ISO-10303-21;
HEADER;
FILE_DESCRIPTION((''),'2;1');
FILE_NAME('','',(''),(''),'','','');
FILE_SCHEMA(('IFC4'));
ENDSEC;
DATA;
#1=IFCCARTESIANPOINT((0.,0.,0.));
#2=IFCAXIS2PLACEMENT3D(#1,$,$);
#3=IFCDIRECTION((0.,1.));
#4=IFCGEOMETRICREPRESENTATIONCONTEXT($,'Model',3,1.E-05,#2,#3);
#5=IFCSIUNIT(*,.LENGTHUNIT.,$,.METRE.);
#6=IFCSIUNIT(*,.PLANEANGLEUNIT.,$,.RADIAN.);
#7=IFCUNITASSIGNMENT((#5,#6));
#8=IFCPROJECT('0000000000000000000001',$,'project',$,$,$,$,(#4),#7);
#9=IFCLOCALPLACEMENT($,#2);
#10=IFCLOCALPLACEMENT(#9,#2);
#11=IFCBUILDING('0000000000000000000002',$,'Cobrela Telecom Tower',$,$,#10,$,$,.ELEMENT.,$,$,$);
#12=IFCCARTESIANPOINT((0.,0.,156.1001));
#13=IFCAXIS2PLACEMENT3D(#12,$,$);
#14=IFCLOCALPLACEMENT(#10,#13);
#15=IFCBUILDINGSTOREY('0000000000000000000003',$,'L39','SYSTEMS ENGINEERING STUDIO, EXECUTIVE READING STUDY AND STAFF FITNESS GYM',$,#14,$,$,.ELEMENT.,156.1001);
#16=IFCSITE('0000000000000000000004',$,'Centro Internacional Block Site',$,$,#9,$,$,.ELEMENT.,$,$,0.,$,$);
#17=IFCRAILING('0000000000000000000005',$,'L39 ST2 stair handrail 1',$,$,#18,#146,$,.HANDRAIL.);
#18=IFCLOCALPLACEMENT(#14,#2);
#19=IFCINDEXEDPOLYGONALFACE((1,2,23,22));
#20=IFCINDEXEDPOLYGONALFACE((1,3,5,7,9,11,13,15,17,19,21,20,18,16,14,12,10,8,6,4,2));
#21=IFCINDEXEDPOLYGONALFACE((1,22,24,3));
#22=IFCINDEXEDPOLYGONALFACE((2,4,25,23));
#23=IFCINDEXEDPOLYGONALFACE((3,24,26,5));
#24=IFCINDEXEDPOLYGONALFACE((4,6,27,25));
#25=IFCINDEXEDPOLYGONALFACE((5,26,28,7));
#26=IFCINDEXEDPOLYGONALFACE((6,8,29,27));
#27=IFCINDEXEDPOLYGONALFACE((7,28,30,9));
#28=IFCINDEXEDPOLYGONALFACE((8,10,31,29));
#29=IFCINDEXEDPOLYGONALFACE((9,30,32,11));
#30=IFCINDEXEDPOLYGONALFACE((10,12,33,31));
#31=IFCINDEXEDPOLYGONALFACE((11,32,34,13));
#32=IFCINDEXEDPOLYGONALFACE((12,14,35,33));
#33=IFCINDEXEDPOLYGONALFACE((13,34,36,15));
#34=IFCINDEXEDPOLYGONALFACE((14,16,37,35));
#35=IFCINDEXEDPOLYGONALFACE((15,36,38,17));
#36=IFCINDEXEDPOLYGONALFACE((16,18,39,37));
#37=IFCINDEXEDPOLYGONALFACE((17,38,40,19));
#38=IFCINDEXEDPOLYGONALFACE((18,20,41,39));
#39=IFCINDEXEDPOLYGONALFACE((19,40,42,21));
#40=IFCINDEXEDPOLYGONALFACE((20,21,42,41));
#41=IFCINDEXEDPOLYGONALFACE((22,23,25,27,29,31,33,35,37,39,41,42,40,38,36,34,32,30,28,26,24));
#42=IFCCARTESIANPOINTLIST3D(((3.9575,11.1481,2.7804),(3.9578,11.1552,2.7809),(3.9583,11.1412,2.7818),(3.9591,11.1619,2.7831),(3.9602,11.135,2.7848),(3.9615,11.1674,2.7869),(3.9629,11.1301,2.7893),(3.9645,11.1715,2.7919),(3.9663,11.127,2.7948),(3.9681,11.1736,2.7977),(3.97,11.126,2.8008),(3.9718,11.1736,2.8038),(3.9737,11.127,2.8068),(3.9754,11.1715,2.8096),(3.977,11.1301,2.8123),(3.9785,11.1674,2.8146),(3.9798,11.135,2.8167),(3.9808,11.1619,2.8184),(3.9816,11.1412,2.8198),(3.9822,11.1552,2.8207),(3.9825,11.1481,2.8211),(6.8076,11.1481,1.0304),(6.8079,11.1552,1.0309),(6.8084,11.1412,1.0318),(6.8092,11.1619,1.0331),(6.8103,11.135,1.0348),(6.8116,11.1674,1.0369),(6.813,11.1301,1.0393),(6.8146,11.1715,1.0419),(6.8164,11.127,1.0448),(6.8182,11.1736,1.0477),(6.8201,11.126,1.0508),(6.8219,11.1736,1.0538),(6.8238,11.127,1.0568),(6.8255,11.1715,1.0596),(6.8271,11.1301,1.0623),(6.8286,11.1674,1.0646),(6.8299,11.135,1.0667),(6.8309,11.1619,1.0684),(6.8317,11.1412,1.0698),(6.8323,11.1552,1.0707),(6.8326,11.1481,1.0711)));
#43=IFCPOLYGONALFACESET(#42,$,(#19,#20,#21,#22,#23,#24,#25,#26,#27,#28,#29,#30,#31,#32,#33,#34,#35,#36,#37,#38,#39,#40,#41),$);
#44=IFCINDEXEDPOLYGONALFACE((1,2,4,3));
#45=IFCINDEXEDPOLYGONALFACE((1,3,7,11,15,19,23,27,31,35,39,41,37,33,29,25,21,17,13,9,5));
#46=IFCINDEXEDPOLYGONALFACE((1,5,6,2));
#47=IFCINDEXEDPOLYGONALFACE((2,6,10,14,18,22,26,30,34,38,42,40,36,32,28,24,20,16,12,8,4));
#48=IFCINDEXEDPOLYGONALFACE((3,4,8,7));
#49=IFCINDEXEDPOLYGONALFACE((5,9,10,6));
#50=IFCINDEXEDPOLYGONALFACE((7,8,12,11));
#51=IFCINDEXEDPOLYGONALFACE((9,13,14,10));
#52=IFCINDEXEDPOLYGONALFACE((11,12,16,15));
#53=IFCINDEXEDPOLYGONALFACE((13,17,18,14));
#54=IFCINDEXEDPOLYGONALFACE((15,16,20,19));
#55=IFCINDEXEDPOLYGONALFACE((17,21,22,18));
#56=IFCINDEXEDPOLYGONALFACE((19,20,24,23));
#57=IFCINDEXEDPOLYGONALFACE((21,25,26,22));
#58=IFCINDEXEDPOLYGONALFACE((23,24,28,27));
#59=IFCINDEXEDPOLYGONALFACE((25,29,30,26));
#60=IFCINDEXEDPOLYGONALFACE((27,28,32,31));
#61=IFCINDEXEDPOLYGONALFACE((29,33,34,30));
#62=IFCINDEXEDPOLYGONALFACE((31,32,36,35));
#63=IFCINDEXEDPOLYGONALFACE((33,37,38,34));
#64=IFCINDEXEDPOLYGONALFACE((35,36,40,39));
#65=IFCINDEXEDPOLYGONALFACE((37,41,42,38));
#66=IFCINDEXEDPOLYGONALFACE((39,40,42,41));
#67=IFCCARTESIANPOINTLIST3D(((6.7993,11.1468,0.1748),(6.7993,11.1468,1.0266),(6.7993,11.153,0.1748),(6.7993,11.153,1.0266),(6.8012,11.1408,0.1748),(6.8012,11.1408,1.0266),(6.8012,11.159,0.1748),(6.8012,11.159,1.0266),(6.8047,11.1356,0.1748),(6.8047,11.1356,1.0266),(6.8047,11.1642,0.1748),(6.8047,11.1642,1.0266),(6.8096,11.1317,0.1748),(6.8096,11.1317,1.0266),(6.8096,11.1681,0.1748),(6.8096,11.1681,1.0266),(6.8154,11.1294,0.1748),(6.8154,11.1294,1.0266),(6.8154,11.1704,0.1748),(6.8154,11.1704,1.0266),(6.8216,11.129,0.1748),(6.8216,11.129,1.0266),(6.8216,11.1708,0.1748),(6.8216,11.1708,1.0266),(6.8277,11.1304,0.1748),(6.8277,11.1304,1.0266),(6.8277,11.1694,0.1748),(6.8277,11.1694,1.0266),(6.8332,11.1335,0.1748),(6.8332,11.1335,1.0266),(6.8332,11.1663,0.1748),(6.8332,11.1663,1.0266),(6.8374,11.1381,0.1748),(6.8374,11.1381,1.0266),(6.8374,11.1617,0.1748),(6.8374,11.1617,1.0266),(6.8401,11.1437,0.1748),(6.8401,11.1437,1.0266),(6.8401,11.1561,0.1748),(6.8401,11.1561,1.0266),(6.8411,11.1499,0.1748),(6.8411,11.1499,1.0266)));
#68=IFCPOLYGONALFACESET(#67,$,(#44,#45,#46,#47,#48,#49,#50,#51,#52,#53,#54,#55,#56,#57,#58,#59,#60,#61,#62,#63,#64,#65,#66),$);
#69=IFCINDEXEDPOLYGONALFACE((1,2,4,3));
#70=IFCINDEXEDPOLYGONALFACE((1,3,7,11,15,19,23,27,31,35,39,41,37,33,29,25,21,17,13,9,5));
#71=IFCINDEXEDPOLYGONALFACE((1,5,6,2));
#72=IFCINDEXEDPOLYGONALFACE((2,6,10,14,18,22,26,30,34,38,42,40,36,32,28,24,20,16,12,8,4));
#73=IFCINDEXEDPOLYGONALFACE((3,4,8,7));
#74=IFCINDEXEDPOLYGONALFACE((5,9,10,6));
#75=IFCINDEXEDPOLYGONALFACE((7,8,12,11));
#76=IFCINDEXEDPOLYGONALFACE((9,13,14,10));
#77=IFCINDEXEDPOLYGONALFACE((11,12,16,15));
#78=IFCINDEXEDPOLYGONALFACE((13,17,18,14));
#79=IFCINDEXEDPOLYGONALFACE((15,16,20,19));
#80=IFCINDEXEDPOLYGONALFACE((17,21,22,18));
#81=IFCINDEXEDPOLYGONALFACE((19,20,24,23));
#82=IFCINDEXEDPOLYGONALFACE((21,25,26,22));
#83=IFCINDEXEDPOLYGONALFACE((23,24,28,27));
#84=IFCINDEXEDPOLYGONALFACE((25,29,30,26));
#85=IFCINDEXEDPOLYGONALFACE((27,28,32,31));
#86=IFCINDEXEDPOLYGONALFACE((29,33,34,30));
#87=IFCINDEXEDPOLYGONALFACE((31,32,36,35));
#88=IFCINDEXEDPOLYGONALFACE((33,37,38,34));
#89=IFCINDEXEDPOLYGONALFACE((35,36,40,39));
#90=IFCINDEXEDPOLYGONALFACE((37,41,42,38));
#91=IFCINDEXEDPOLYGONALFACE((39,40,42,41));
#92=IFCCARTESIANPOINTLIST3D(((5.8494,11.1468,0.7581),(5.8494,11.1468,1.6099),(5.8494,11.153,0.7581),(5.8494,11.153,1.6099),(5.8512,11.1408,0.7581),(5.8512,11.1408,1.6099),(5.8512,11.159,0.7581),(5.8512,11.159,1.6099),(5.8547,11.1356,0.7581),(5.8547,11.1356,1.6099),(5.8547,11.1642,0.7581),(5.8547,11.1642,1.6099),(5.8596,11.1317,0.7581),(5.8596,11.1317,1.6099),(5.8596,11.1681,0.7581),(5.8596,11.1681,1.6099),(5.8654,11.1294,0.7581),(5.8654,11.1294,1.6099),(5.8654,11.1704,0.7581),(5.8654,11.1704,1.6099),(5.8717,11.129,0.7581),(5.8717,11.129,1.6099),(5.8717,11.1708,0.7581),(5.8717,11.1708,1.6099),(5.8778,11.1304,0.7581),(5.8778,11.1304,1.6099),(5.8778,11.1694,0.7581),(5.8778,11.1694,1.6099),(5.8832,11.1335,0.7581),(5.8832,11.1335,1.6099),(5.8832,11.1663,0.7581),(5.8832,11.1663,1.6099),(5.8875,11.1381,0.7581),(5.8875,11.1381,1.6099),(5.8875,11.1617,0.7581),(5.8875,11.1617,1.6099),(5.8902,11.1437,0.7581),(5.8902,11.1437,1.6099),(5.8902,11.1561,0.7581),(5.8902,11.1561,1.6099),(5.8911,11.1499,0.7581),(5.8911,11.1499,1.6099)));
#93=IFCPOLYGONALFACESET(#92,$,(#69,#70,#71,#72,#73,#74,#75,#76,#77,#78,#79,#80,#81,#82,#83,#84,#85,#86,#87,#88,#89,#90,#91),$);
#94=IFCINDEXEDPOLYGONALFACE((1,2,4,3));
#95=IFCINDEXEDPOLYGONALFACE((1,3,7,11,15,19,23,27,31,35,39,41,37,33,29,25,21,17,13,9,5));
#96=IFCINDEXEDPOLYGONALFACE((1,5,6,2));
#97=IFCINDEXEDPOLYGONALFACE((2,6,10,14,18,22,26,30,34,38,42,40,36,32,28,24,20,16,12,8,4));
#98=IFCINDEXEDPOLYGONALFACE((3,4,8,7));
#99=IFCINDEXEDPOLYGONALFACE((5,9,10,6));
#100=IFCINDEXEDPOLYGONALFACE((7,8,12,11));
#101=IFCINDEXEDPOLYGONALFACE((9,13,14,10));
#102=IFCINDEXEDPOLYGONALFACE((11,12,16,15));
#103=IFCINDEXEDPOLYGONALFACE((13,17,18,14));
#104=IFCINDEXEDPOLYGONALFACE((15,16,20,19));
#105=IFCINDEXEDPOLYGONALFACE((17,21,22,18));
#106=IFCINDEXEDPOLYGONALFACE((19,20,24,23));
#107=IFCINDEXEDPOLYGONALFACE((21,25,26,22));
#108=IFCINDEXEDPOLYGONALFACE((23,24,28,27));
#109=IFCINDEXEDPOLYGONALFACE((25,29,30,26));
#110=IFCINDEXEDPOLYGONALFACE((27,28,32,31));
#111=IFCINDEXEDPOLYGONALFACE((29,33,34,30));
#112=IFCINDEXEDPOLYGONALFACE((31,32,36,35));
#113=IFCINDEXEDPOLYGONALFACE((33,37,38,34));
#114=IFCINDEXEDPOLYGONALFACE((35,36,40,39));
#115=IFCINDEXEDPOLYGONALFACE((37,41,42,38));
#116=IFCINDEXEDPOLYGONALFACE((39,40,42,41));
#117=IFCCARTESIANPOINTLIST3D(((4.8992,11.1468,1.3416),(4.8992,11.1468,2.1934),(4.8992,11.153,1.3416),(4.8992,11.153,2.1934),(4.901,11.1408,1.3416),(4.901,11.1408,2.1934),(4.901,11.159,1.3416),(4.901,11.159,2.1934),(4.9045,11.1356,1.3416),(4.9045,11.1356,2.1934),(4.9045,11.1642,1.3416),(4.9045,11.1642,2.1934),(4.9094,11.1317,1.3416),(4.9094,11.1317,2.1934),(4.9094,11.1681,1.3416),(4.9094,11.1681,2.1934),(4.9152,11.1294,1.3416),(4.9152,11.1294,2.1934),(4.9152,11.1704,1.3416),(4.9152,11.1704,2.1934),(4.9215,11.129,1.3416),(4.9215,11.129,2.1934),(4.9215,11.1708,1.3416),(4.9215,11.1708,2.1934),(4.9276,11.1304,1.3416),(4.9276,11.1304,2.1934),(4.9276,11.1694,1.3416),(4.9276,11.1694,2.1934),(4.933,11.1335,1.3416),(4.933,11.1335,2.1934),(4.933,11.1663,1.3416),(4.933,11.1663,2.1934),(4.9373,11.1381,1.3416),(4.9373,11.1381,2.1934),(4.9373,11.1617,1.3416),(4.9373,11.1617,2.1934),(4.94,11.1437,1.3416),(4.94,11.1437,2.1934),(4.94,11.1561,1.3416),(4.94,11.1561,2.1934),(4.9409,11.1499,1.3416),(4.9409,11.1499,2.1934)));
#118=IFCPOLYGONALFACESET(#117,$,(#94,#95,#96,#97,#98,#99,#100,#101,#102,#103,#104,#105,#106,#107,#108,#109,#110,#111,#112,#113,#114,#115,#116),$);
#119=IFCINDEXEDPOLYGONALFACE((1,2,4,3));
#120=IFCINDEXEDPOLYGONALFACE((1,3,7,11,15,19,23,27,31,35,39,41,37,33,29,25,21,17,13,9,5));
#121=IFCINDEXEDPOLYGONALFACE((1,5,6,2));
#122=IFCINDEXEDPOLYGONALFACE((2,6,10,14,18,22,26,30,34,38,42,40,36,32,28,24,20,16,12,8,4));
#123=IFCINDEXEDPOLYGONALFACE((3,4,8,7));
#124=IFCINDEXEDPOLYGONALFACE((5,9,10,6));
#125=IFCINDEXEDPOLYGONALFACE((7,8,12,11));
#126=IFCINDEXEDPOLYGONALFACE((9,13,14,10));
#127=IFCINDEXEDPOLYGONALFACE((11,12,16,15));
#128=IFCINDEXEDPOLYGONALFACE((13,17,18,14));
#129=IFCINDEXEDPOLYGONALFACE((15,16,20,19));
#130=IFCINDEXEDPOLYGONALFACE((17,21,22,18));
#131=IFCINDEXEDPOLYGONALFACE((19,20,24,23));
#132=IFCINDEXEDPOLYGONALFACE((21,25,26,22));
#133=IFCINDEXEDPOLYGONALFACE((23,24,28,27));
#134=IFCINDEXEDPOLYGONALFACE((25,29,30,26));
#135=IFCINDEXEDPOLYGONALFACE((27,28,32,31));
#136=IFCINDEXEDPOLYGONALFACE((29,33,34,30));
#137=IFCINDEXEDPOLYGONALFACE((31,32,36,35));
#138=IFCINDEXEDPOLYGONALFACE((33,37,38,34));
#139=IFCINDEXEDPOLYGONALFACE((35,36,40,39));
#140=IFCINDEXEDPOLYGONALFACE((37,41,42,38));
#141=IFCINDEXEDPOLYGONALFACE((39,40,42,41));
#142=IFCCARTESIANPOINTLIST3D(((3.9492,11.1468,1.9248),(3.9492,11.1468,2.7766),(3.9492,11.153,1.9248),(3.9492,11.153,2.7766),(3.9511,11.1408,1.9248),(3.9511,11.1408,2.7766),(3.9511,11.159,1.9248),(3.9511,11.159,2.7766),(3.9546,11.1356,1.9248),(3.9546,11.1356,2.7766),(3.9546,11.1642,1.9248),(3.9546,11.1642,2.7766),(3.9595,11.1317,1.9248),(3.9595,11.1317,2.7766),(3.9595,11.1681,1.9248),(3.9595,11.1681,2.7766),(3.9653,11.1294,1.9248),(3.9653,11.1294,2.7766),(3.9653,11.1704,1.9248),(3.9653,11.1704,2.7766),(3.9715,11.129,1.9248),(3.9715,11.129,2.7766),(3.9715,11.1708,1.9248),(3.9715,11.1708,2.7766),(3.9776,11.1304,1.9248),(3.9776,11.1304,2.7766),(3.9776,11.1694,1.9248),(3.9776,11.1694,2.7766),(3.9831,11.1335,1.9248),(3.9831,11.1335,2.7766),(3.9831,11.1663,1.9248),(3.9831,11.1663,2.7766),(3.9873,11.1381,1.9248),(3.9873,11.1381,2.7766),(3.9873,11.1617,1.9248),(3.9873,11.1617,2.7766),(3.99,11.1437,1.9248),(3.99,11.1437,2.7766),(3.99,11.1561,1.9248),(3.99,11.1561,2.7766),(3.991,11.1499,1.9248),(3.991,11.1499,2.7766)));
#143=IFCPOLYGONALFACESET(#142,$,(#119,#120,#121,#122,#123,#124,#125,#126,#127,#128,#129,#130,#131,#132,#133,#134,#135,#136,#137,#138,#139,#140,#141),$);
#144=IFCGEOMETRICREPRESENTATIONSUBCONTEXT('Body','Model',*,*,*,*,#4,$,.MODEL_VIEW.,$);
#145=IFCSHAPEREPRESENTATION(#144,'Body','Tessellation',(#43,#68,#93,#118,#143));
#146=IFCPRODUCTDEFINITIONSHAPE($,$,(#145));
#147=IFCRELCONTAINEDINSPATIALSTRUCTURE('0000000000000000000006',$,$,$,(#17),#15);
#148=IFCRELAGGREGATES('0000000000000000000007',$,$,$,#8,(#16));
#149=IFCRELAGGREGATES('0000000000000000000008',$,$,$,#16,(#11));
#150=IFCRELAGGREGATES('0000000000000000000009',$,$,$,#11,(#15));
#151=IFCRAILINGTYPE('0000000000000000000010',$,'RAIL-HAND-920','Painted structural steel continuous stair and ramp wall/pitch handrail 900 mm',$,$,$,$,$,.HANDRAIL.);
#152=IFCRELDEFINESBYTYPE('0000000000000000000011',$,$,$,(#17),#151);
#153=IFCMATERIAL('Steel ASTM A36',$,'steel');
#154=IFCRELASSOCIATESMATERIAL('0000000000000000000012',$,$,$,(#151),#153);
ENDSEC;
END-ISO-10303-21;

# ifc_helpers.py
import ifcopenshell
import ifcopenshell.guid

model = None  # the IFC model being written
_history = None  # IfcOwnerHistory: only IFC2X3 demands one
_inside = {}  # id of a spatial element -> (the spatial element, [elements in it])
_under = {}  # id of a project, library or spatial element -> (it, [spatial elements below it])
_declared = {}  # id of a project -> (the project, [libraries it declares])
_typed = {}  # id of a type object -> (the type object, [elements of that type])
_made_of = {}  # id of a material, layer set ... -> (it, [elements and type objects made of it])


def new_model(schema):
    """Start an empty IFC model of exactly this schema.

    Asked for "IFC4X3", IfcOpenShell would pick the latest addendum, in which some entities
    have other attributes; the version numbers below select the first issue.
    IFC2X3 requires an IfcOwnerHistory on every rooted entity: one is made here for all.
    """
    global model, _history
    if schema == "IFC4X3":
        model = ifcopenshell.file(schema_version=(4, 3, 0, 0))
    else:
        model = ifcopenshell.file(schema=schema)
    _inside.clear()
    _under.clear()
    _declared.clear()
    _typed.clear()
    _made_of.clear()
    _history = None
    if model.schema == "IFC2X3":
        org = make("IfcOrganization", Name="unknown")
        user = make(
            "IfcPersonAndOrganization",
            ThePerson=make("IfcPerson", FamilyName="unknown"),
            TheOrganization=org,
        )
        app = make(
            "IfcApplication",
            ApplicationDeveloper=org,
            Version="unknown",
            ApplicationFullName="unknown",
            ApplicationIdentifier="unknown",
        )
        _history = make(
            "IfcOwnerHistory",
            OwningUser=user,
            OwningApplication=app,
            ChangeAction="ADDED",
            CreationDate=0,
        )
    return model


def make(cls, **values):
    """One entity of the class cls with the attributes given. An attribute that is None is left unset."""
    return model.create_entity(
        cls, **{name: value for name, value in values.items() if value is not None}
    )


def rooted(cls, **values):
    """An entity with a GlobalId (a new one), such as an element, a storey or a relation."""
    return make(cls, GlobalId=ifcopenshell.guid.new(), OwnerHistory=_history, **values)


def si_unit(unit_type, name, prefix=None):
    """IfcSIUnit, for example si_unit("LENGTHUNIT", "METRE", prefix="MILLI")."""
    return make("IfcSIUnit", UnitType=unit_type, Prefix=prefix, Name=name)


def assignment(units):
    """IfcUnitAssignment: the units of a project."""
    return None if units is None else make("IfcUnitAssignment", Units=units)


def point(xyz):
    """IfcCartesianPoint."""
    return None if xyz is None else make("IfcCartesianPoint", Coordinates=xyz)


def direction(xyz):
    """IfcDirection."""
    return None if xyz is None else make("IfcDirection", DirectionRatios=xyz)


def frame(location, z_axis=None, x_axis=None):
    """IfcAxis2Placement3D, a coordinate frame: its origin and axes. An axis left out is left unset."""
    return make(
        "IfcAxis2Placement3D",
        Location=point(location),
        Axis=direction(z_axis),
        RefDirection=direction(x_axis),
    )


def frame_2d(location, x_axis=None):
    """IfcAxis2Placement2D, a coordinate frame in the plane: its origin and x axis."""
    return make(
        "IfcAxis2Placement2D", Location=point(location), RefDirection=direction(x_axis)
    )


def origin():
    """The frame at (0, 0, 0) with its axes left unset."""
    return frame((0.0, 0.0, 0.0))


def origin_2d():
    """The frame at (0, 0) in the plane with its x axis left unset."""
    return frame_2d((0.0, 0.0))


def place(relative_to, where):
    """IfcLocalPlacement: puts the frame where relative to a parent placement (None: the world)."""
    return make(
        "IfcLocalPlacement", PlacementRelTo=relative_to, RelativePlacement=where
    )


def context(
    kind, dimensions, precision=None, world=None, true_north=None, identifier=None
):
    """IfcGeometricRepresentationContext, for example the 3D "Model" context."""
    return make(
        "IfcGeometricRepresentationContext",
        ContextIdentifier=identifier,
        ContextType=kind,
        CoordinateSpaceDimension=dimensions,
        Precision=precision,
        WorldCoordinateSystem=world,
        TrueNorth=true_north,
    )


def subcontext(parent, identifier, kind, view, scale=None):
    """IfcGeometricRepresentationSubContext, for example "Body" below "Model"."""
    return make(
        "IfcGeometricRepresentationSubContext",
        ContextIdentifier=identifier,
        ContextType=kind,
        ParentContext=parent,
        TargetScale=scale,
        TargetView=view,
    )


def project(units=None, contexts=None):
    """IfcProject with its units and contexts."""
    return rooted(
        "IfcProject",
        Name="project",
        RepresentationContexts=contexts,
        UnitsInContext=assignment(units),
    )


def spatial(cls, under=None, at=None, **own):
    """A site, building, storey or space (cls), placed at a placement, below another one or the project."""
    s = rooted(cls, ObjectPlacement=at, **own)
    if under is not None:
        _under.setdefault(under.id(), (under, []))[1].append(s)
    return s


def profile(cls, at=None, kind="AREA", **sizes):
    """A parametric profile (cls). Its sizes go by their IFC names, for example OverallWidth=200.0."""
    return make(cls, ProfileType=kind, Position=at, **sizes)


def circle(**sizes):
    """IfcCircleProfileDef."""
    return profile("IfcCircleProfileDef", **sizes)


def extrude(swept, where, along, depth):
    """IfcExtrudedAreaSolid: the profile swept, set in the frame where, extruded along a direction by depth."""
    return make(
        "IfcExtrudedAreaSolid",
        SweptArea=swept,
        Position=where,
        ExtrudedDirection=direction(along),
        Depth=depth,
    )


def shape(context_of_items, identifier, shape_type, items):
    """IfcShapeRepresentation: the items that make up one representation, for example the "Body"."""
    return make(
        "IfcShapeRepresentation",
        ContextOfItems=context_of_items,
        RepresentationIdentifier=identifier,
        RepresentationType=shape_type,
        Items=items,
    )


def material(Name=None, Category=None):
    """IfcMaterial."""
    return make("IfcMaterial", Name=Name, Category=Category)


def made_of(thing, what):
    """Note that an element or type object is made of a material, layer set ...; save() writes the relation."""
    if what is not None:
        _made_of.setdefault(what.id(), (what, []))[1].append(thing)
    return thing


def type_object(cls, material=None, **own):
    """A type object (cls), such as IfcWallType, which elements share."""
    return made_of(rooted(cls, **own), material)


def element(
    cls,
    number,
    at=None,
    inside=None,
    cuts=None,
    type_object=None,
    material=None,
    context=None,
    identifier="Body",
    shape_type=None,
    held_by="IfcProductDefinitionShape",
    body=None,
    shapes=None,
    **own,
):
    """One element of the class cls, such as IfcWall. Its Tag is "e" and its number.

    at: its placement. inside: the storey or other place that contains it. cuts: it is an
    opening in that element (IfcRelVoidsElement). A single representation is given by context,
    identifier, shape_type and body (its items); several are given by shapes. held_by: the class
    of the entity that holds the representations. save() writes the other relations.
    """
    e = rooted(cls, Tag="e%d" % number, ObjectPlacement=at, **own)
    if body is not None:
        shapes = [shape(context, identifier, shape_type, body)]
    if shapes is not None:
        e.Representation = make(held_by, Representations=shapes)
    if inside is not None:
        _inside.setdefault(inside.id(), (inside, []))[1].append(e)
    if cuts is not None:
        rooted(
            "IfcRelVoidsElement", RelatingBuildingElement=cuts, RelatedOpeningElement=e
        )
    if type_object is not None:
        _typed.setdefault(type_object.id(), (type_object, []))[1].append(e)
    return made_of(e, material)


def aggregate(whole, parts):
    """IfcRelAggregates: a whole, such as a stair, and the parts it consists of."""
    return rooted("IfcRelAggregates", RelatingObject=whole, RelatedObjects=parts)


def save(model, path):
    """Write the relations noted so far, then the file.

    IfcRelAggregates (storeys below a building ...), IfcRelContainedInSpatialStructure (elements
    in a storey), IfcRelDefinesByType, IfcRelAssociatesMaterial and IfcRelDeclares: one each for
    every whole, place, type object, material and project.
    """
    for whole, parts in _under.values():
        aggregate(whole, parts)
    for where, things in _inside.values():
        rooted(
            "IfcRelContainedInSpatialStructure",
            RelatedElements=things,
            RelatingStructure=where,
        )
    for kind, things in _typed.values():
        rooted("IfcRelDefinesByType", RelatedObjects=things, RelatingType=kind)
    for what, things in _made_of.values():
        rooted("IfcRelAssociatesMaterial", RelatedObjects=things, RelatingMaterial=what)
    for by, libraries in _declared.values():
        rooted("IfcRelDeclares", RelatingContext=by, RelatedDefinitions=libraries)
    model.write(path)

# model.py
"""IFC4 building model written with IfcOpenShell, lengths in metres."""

from ifc_helpers import new_model, si_unit, direction, frame, origin, origin_2d, place, context, subcontext, project, spatial, circle, extrude, material, type_object, element, save


model = new_model("IFC4")

# Units and contexts
model_context = context("Model", 3, precision=1e-05, world=origin(), true_north=direction((0.0, 1.0)))
body_context = subcontext(model_context, "Body", "Model", "MODEL_VIEW")
ifc_project = project(units=[si_unit("LENGTHUNIT", "METRE"), si_unit("PLANEANGLEUNIT", "RADIAN")], contexts=[model_context])

# Site, building, storey
site_placement = place(None, origin())
site = spatial("IfcSite", under=ifc_project, at=site_placement, Name="Centro Internacional Block Site", CompositionType="ELEMENT", RefElevation=0.0)
building_placement = place(site_placement, origin())
building = spatial("IfcBuilding", under=site, at=building_placement, Name="Cobrela Telecom Tower", CompositionType="ELEMENT")
storey_placement = place(building_placement, frame((0.0, 0.0, 156.1001)))
storey = spatial("IfcBuildingStorey", under=building, at=storey_placement, Name="L39", Description="SYSTEMS ENGINEERING STUDIO, EXECUTIVE READING STUDY AND STAFF FITNESS GYM", CompositionType="ELEMENT", Elevation=156.1001)

# Shared definitions
ifc_material_1 = material(Name="Steel ASTM A36", Category="steel")

# Railing
railing_type_1 = type_object("IfcRailingType", Name="RAIL-HAND-920", Description="Painted structural steel continuous stair and ramp wall/pitch handrail 900 mm", PredefinedType="HANDRAIL", material=ifc_material_1)
railing_1_placement = place(storey_placement, frame((6.8201, 11.1499, 0.1748)))
element("IfcRailing", 1, at=railing_1_placement, inside=storey, type_object=railing_type_1, Name="L39 ST2 stair handrail 1", PredefinedType="HANDRAIL", context=body_context, shape_type="SweptSolid", body=[
    extrude(circle(Radius=0.0239, at=origin_2d()), frame((0.0, 0.0, 0.876), z_axis=(-0.852179, 0.0, 0.52325), x_axis=(0.0, -1.0, 0.0)), (0.0, 0.0, 1.0), 3.3445),
    extrude(circle(Radius=0.021, at=origin_2d()), origin(), (0.0, 0.0, 1.0), 0.8518),
    extrude(circle(Radius=0.021, at=origin_2d()), frame((-0.95, 0.0, 0.5833)), (0.0, 0.0, 1.0), 0.8518),
    extrude(circle(Radius=0.021, at=origin_2d()), frame((-1.9001, 0.0, 1.1667)), (0.0, 0.0, 1.0), 0.8518),
    extrude(circle(Radius=0.021, at=origin_2d()), frame((-2.8501, 0.0, 1.75)), (0.0, 0.0, 1.0), 0.8518),
])

save(model, "model.ifc")
